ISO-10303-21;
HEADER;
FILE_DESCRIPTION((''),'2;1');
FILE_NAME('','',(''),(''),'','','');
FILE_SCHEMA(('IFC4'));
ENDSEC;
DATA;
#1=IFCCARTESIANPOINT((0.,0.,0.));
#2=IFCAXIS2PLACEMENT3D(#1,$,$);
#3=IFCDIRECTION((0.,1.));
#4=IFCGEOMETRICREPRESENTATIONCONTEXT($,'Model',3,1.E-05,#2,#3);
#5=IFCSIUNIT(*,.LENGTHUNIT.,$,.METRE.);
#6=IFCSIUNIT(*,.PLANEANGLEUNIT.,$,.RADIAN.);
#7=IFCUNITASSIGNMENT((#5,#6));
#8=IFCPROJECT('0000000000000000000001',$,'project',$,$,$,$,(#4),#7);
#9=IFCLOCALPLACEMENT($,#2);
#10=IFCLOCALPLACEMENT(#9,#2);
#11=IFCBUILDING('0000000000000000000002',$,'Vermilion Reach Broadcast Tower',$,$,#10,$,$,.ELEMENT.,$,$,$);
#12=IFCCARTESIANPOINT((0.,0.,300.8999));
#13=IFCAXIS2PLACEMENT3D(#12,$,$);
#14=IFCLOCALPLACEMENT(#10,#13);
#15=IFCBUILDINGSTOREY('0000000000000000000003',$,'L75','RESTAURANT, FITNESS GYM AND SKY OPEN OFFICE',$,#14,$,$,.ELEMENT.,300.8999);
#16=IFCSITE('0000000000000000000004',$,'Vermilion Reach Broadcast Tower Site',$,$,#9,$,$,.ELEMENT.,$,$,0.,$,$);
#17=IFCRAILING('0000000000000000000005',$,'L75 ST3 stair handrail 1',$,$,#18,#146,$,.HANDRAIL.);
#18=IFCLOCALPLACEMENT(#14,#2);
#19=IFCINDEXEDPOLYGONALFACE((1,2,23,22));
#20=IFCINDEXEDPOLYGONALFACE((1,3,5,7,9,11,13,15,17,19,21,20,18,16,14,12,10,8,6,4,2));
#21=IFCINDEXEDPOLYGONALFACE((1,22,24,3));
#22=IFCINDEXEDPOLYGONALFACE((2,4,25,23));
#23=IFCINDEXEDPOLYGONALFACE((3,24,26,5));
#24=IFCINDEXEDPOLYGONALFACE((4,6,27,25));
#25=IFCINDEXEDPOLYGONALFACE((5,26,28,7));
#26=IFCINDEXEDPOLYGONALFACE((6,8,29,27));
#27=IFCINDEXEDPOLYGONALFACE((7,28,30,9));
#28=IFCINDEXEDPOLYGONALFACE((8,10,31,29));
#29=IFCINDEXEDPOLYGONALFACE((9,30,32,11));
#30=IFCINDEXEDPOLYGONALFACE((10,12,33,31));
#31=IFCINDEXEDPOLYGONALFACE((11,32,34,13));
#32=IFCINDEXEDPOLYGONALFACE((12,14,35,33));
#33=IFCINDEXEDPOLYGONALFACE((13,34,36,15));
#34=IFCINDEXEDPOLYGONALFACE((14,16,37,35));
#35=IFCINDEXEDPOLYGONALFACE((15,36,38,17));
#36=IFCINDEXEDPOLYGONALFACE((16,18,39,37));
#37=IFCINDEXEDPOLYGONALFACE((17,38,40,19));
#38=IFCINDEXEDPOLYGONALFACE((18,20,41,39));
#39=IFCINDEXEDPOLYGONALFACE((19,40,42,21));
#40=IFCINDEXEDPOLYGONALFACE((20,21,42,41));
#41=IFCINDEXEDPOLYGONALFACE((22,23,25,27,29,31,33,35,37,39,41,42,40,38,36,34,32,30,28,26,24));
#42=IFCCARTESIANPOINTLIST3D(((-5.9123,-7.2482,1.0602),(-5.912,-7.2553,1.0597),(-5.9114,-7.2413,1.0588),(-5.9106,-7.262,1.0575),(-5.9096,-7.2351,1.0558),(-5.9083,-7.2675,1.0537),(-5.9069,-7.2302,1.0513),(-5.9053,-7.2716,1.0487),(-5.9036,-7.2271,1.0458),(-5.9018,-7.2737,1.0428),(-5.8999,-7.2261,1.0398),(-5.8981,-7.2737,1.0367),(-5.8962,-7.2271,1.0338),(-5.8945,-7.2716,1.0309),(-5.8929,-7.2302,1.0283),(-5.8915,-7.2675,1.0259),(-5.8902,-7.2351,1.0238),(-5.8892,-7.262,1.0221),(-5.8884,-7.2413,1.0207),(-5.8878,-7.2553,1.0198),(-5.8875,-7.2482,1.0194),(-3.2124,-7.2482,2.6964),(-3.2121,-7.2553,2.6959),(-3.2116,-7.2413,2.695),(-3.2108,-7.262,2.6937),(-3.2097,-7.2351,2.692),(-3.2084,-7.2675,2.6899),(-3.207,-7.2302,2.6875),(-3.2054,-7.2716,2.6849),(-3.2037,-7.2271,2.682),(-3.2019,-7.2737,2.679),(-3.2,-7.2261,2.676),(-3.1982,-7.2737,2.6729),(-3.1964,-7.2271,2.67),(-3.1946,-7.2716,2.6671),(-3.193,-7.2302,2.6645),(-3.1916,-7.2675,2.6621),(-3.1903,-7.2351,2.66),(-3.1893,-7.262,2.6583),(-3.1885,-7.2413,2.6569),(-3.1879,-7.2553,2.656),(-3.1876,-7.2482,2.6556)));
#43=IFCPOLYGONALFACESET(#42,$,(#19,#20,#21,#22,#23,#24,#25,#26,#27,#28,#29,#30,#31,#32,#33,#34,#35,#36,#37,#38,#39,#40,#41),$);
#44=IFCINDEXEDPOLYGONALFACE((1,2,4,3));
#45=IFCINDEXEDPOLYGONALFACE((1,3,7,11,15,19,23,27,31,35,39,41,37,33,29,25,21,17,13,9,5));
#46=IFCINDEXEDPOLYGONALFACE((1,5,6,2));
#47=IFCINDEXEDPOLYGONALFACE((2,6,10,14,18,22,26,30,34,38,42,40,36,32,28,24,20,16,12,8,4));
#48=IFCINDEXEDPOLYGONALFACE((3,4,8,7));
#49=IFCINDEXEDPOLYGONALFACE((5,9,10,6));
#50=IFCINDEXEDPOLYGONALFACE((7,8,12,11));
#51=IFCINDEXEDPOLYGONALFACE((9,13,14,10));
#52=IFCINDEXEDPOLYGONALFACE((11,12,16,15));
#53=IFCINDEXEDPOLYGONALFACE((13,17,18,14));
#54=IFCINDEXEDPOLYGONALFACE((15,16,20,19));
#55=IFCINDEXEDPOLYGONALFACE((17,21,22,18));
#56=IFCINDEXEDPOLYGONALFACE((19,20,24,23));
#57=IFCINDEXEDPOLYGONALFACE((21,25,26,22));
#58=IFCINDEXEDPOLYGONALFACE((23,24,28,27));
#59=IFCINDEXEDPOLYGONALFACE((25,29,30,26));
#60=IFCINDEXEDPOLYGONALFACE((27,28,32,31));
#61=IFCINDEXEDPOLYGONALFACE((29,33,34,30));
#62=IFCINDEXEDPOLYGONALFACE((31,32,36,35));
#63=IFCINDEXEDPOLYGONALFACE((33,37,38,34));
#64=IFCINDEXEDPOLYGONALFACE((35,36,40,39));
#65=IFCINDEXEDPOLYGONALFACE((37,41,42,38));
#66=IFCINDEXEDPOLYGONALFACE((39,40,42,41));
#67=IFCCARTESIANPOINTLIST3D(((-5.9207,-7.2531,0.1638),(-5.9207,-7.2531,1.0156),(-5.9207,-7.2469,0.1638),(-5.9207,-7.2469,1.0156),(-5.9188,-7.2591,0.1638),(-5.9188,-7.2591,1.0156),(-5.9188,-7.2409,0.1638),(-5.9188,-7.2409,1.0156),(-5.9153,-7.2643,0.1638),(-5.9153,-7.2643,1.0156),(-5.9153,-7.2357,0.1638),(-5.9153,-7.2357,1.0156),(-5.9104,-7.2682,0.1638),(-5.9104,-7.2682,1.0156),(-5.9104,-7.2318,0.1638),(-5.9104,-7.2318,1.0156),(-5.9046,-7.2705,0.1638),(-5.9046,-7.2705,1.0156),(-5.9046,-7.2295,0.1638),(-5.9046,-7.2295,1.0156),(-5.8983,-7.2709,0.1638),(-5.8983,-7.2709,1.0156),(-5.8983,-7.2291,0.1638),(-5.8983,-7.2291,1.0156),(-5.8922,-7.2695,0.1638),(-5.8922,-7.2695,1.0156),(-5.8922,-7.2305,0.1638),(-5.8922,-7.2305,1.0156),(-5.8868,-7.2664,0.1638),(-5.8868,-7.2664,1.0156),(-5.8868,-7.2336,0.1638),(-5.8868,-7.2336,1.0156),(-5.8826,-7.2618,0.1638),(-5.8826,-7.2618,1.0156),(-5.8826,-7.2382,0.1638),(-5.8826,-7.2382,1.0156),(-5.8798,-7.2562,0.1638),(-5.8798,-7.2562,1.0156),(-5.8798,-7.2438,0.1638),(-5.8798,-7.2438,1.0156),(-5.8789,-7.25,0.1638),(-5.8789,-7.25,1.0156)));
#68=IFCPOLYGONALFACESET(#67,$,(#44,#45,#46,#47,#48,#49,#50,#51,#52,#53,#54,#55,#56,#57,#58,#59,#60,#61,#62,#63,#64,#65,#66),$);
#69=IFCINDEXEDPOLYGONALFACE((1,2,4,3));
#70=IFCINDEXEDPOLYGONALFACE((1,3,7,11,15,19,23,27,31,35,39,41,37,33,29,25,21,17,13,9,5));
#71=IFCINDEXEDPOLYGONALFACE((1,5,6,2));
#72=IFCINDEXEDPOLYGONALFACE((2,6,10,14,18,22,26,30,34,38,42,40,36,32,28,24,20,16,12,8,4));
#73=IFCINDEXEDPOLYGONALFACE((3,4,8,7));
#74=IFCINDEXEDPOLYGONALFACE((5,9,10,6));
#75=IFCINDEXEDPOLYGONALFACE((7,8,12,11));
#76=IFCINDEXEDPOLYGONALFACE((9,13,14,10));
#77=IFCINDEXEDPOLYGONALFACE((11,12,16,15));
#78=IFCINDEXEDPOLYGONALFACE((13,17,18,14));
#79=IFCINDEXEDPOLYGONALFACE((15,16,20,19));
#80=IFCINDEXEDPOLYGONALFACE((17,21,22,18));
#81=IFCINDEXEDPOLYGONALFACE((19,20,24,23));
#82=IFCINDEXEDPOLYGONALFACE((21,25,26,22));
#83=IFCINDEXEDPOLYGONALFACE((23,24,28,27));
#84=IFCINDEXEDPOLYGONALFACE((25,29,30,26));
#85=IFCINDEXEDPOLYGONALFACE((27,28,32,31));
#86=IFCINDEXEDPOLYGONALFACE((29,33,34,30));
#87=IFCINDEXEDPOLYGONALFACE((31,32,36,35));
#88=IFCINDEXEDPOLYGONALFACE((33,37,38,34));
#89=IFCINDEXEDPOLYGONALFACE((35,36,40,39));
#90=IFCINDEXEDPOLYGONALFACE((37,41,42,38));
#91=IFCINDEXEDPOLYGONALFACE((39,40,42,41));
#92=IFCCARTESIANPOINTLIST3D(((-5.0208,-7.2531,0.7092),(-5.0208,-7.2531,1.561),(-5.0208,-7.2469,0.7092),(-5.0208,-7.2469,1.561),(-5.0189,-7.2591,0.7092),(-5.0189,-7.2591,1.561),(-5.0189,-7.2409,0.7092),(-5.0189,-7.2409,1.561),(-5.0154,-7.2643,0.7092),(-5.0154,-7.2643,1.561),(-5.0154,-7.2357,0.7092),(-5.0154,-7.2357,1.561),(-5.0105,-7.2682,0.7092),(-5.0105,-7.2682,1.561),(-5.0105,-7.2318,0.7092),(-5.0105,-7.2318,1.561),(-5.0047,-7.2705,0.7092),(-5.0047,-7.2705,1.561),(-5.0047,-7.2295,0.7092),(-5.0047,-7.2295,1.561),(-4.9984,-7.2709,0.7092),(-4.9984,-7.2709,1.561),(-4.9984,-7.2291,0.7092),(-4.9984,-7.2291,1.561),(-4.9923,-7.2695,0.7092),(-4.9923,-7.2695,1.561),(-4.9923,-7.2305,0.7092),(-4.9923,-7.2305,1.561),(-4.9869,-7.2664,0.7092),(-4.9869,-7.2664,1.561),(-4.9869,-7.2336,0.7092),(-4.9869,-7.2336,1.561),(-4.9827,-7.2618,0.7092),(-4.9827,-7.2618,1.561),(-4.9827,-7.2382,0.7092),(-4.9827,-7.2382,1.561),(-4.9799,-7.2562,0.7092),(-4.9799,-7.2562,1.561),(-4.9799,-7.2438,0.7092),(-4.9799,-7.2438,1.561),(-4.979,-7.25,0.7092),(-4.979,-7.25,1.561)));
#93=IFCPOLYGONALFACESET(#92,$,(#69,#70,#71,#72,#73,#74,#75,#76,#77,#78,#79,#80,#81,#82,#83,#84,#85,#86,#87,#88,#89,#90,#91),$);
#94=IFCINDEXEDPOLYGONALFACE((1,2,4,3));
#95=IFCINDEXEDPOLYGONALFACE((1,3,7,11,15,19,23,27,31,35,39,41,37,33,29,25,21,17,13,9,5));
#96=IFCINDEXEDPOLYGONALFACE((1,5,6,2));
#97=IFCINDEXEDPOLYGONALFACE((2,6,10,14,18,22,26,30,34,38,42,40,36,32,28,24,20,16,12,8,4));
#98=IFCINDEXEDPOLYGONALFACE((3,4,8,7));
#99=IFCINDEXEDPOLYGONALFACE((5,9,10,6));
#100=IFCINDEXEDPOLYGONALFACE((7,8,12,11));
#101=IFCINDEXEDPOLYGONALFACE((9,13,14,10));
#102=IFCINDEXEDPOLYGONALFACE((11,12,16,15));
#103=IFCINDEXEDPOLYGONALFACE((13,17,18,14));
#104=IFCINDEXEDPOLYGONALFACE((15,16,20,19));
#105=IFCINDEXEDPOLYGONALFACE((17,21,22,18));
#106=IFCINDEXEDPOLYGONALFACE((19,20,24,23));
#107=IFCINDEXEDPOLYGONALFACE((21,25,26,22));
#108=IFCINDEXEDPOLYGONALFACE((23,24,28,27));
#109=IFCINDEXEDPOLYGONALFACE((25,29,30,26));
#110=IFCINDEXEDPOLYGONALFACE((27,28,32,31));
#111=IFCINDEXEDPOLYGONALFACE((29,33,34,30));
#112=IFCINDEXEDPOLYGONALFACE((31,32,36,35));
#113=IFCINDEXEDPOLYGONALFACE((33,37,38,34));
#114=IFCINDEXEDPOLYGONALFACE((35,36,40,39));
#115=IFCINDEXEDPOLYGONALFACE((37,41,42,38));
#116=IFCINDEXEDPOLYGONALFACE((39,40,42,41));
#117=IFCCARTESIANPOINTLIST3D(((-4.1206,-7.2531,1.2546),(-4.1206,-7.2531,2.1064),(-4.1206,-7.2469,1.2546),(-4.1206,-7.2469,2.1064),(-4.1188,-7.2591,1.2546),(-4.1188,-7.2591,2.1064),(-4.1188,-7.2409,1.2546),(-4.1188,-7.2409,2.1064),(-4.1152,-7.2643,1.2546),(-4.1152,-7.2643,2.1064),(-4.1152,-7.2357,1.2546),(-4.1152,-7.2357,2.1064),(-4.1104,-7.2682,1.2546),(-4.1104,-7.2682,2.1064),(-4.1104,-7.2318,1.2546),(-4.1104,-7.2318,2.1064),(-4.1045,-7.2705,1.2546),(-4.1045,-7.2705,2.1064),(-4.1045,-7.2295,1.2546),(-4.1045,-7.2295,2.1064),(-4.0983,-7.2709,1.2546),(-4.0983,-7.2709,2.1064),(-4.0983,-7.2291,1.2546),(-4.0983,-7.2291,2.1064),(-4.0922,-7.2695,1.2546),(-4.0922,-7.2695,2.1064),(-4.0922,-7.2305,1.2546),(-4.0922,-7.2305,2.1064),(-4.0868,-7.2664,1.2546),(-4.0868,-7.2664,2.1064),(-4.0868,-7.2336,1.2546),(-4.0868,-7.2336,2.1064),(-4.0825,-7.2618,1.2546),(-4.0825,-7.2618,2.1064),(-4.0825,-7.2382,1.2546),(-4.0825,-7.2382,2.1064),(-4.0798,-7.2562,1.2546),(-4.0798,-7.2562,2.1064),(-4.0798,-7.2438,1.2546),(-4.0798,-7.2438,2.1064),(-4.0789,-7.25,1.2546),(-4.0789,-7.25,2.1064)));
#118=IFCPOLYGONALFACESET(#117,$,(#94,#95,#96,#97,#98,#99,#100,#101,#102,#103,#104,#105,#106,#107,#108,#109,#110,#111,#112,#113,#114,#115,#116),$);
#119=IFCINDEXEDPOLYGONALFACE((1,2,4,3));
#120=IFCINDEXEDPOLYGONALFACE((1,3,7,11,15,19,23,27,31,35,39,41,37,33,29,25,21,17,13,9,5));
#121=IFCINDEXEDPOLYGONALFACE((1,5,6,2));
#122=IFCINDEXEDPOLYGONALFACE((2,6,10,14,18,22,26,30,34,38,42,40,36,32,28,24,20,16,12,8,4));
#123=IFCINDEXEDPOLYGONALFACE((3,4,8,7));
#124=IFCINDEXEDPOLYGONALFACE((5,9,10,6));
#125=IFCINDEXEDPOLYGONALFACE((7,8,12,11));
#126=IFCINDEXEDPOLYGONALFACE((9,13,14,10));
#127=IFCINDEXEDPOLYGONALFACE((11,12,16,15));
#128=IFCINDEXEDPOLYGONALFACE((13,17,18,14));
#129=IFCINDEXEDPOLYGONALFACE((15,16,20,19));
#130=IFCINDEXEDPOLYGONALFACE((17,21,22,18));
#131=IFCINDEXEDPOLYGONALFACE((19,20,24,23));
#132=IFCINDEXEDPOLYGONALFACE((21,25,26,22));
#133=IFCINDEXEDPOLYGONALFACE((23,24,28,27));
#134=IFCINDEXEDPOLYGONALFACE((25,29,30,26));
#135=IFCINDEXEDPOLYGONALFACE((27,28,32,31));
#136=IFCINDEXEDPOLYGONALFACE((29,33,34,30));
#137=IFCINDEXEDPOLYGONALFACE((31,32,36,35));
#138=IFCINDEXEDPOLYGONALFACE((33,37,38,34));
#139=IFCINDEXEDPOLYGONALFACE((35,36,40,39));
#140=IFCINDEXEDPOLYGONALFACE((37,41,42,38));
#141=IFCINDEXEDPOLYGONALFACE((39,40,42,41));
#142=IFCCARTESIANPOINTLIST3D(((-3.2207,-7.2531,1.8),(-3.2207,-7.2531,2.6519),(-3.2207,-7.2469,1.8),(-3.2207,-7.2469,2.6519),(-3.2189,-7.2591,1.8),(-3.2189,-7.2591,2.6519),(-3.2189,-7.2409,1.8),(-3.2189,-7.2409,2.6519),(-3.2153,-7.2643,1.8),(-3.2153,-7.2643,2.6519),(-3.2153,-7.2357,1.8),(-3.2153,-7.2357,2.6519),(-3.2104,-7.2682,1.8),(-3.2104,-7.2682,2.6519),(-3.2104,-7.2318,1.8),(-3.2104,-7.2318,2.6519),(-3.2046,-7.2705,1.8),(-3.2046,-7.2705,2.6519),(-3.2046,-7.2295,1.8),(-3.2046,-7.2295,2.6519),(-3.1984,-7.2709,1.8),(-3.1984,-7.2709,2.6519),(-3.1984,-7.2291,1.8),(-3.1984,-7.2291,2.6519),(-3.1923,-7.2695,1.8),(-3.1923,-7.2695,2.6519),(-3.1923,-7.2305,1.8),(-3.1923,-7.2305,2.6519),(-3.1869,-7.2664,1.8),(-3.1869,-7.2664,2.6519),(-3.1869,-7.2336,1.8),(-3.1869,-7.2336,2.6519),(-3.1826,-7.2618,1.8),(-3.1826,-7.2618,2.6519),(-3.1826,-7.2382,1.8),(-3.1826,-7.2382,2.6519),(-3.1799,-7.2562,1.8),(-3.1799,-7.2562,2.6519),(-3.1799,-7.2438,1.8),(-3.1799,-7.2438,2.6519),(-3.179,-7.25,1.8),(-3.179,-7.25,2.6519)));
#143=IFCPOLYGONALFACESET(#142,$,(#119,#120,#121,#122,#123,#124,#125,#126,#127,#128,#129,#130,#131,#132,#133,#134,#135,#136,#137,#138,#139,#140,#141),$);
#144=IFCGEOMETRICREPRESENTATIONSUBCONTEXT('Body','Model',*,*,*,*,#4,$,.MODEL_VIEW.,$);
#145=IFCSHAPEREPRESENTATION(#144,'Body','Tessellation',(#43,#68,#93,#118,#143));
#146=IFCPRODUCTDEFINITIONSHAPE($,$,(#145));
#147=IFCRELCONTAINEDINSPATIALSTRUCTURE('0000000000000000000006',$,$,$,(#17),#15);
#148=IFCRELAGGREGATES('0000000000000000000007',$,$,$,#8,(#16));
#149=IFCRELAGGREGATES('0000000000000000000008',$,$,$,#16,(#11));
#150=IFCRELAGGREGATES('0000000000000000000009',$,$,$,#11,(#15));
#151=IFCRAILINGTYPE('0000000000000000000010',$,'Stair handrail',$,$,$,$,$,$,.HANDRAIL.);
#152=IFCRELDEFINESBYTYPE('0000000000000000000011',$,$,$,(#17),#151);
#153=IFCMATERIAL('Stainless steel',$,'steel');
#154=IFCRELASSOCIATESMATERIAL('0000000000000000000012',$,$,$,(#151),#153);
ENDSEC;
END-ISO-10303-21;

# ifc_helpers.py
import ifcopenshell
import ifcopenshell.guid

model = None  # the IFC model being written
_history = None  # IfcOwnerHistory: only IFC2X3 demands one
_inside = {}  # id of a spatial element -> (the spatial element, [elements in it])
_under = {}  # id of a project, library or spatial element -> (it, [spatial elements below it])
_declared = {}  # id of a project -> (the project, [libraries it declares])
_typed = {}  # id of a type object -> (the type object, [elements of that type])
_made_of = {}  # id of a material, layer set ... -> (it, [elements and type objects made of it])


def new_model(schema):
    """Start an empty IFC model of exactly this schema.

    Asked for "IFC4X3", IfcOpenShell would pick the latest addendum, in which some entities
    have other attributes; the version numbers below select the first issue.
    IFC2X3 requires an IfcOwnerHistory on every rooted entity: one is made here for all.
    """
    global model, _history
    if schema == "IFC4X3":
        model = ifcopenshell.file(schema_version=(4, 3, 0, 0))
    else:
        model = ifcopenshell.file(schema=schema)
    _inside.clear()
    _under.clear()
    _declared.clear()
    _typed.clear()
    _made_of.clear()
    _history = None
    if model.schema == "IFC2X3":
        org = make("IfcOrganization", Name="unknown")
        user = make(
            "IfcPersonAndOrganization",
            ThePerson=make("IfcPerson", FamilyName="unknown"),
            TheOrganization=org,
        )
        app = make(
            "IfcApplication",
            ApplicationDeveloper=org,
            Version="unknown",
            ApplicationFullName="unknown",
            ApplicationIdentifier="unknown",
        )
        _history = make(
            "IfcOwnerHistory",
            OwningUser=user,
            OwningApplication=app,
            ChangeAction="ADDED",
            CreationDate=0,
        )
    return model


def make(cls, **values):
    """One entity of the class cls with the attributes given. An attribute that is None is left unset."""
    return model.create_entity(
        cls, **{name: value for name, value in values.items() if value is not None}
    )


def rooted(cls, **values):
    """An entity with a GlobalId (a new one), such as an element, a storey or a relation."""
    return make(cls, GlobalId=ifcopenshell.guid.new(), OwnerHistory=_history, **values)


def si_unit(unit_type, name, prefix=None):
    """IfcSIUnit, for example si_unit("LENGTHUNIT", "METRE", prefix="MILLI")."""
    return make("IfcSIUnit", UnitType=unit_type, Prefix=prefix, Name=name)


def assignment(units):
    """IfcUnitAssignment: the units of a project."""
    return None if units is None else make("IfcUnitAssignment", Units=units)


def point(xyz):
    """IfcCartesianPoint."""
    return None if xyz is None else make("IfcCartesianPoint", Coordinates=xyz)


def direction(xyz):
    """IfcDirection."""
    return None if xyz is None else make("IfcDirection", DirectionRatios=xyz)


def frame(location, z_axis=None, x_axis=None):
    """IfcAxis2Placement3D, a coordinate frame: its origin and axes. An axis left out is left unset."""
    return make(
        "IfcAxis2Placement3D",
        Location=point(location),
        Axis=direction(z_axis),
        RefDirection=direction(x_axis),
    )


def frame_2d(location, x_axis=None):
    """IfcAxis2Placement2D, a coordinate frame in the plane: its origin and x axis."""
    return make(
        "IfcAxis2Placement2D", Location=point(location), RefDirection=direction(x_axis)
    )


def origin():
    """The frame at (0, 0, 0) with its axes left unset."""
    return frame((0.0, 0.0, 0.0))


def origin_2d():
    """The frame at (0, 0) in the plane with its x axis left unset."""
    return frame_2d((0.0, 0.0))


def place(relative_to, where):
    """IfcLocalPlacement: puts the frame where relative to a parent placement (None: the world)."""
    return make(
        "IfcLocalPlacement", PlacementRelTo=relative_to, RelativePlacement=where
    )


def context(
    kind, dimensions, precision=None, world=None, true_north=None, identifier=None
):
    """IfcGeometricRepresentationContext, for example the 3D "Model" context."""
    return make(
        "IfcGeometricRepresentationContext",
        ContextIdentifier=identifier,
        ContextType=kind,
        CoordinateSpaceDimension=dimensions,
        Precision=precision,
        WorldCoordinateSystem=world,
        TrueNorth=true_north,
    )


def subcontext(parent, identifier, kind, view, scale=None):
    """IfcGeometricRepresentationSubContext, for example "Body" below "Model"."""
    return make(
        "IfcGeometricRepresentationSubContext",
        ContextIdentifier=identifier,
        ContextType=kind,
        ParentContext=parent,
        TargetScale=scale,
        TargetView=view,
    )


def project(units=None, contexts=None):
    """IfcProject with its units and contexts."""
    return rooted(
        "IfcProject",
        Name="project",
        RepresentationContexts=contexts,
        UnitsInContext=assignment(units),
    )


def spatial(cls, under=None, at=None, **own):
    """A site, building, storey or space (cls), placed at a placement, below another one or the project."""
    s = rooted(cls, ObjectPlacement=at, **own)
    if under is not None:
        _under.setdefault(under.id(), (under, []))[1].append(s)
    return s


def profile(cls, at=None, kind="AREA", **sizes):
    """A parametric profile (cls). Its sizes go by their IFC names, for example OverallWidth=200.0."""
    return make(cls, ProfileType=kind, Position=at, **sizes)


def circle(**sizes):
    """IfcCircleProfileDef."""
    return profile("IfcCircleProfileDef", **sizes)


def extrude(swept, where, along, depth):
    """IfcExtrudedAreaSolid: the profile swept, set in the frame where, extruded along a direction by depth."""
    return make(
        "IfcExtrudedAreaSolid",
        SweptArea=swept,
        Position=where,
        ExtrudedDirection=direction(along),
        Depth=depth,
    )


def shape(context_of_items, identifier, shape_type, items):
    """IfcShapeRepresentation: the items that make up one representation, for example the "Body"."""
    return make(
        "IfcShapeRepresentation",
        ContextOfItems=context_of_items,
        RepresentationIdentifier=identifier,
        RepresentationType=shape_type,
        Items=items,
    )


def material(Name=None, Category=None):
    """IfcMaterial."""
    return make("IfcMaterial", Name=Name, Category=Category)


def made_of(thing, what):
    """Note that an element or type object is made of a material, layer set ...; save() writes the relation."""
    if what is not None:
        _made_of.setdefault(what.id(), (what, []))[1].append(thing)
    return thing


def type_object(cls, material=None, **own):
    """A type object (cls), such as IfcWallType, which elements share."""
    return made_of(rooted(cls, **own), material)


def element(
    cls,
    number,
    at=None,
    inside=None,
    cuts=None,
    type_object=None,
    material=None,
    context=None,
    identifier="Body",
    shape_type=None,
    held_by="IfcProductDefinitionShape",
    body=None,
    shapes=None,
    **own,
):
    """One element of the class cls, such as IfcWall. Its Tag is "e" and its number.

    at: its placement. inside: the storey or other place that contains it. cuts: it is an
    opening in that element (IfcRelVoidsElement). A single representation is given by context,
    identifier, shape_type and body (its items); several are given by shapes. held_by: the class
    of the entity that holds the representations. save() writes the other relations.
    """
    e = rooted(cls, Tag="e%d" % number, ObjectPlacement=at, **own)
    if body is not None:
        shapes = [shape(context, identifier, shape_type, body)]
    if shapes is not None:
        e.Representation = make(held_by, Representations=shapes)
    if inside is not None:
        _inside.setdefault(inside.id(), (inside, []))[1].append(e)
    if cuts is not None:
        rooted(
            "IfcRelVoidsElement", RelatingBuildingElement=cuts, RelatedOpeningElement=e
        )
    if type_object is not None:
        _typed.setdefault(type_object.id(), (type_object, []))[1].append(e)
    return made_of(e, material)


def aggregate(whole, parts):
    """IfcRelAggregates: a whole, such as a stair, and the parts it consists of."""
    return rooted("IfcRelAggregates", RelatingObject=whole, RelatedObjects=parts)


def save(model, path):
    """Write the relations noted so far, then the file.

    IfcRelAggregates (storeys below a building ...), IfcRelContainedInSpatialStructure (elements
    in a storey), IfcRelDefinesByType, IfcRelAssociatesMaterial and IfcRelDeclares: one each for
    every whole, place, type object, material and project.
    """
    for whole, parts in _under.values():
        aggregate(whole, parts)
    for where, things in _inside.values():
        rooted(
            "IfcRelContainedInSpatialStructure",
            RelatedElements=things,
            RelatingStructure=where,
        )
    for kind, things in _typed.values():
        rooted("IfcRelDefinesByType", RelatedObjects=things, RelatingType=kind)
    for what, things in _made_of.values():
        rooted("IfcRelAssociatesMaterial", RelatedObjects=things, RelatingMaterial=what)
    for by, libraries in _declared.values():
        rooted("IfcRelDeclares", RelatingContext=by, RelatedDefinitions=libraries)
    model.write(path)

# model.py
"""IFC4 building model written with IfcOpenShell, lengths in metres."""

from ifc_helpers import new_model, si_unit, direction, frame, origin, origin_2d, place, context, subcontext, project, spatial, circle, extrude, material, type_object, element, save


model = new_model("IFC4")

# Units and contexts
model_context = context("Model", 3, precision=1e-05, world=origin(), true_north=direction((0.0, 1.0)))
body_context = subcontext(model_context, "Body", "Model", "MODEL_VIEW")
ifc_project = project(units=[si_unit("LENGTHUNIT", "METRE"), si_unit("PLANEANGLEUNIT", "RADIAN")], contexts=[model_context])

# Site, building, storey
site_placement = place(None, origin())
site = spatial("IfcSite", under=ifc_project, at=site_placement, Name="Vermilion Reach Broadcast Tower Site", CompositionType="ELEMENT", RefElevation=0.0)
building_placement = place(site_placement, origin())
building = spatial("IfcBuilding", under=site, at=building_placement, Name="Vermilion Reach Broadcast Tower", CompositionType="ELEMENT")
storey_placement = place(building_placement, frame((0.0, 0.0, 300.8999)))
storey = spatial("IfcBuildingStorey", under=building, at=storey_placement, Name="L75", Description="RESTAURANT, FITNESS GYM AND SKY OPEN OFFICE", CompositionType="ELEMENT", Elevation=300.8999)

# Railing
ifc_material_1 = material(Name="Stainless steel", Category="steel")
railing_type_1 = type_object("IfcRailingType", Name="Stair handrail", PredefinedType="HANDRAIL", material=ifc_material_1)
railing_1_placement = place(storey_placement, frame((-5.8999, -7.25, 0.1638)))
element("IfcRailing", 1, at=railing_1_placement, inside=storey, type_object=railing_type_1, Name="L75 ST3 stair handrail 1", PredefinedType="HANDRAIL", context=body_context, shape_type="SweptSolid", body=[
    extrude(circle(Radius=0.0239, at=origin_2d()), frame((0.0, 0.0, 0.876), z_axis=(0.855212, 0.0, 0.518278), x_axis=(0.0, 1.0, 0.0)), (0.0, 0.0, 1.0), 3.157),
    extrude(circle(Radius=0.021, at=origin_2d()), origin(), (0.0, 0.0, 1.0), 0.8518),
    extrude(circle(Radius=0.021, at=origin_2d()), frame((0.8999, 0.0, 0.5454)), (0.0, 0.0, 1.0), 0.8518),
    extrude(circle(Radius=0.021, at=origin_2d()), frame((1.8, 0.0, 1.0908)), (0.0, 0.0, 1.0), 0.8518),
    extrude(circle(Radius=0.021, at=origin_2d()), frame((2.7, 0.0, 1.6362)), (0.0, 0.0, 1.0), 0.8518),
])

save(model, "model.ifc")
